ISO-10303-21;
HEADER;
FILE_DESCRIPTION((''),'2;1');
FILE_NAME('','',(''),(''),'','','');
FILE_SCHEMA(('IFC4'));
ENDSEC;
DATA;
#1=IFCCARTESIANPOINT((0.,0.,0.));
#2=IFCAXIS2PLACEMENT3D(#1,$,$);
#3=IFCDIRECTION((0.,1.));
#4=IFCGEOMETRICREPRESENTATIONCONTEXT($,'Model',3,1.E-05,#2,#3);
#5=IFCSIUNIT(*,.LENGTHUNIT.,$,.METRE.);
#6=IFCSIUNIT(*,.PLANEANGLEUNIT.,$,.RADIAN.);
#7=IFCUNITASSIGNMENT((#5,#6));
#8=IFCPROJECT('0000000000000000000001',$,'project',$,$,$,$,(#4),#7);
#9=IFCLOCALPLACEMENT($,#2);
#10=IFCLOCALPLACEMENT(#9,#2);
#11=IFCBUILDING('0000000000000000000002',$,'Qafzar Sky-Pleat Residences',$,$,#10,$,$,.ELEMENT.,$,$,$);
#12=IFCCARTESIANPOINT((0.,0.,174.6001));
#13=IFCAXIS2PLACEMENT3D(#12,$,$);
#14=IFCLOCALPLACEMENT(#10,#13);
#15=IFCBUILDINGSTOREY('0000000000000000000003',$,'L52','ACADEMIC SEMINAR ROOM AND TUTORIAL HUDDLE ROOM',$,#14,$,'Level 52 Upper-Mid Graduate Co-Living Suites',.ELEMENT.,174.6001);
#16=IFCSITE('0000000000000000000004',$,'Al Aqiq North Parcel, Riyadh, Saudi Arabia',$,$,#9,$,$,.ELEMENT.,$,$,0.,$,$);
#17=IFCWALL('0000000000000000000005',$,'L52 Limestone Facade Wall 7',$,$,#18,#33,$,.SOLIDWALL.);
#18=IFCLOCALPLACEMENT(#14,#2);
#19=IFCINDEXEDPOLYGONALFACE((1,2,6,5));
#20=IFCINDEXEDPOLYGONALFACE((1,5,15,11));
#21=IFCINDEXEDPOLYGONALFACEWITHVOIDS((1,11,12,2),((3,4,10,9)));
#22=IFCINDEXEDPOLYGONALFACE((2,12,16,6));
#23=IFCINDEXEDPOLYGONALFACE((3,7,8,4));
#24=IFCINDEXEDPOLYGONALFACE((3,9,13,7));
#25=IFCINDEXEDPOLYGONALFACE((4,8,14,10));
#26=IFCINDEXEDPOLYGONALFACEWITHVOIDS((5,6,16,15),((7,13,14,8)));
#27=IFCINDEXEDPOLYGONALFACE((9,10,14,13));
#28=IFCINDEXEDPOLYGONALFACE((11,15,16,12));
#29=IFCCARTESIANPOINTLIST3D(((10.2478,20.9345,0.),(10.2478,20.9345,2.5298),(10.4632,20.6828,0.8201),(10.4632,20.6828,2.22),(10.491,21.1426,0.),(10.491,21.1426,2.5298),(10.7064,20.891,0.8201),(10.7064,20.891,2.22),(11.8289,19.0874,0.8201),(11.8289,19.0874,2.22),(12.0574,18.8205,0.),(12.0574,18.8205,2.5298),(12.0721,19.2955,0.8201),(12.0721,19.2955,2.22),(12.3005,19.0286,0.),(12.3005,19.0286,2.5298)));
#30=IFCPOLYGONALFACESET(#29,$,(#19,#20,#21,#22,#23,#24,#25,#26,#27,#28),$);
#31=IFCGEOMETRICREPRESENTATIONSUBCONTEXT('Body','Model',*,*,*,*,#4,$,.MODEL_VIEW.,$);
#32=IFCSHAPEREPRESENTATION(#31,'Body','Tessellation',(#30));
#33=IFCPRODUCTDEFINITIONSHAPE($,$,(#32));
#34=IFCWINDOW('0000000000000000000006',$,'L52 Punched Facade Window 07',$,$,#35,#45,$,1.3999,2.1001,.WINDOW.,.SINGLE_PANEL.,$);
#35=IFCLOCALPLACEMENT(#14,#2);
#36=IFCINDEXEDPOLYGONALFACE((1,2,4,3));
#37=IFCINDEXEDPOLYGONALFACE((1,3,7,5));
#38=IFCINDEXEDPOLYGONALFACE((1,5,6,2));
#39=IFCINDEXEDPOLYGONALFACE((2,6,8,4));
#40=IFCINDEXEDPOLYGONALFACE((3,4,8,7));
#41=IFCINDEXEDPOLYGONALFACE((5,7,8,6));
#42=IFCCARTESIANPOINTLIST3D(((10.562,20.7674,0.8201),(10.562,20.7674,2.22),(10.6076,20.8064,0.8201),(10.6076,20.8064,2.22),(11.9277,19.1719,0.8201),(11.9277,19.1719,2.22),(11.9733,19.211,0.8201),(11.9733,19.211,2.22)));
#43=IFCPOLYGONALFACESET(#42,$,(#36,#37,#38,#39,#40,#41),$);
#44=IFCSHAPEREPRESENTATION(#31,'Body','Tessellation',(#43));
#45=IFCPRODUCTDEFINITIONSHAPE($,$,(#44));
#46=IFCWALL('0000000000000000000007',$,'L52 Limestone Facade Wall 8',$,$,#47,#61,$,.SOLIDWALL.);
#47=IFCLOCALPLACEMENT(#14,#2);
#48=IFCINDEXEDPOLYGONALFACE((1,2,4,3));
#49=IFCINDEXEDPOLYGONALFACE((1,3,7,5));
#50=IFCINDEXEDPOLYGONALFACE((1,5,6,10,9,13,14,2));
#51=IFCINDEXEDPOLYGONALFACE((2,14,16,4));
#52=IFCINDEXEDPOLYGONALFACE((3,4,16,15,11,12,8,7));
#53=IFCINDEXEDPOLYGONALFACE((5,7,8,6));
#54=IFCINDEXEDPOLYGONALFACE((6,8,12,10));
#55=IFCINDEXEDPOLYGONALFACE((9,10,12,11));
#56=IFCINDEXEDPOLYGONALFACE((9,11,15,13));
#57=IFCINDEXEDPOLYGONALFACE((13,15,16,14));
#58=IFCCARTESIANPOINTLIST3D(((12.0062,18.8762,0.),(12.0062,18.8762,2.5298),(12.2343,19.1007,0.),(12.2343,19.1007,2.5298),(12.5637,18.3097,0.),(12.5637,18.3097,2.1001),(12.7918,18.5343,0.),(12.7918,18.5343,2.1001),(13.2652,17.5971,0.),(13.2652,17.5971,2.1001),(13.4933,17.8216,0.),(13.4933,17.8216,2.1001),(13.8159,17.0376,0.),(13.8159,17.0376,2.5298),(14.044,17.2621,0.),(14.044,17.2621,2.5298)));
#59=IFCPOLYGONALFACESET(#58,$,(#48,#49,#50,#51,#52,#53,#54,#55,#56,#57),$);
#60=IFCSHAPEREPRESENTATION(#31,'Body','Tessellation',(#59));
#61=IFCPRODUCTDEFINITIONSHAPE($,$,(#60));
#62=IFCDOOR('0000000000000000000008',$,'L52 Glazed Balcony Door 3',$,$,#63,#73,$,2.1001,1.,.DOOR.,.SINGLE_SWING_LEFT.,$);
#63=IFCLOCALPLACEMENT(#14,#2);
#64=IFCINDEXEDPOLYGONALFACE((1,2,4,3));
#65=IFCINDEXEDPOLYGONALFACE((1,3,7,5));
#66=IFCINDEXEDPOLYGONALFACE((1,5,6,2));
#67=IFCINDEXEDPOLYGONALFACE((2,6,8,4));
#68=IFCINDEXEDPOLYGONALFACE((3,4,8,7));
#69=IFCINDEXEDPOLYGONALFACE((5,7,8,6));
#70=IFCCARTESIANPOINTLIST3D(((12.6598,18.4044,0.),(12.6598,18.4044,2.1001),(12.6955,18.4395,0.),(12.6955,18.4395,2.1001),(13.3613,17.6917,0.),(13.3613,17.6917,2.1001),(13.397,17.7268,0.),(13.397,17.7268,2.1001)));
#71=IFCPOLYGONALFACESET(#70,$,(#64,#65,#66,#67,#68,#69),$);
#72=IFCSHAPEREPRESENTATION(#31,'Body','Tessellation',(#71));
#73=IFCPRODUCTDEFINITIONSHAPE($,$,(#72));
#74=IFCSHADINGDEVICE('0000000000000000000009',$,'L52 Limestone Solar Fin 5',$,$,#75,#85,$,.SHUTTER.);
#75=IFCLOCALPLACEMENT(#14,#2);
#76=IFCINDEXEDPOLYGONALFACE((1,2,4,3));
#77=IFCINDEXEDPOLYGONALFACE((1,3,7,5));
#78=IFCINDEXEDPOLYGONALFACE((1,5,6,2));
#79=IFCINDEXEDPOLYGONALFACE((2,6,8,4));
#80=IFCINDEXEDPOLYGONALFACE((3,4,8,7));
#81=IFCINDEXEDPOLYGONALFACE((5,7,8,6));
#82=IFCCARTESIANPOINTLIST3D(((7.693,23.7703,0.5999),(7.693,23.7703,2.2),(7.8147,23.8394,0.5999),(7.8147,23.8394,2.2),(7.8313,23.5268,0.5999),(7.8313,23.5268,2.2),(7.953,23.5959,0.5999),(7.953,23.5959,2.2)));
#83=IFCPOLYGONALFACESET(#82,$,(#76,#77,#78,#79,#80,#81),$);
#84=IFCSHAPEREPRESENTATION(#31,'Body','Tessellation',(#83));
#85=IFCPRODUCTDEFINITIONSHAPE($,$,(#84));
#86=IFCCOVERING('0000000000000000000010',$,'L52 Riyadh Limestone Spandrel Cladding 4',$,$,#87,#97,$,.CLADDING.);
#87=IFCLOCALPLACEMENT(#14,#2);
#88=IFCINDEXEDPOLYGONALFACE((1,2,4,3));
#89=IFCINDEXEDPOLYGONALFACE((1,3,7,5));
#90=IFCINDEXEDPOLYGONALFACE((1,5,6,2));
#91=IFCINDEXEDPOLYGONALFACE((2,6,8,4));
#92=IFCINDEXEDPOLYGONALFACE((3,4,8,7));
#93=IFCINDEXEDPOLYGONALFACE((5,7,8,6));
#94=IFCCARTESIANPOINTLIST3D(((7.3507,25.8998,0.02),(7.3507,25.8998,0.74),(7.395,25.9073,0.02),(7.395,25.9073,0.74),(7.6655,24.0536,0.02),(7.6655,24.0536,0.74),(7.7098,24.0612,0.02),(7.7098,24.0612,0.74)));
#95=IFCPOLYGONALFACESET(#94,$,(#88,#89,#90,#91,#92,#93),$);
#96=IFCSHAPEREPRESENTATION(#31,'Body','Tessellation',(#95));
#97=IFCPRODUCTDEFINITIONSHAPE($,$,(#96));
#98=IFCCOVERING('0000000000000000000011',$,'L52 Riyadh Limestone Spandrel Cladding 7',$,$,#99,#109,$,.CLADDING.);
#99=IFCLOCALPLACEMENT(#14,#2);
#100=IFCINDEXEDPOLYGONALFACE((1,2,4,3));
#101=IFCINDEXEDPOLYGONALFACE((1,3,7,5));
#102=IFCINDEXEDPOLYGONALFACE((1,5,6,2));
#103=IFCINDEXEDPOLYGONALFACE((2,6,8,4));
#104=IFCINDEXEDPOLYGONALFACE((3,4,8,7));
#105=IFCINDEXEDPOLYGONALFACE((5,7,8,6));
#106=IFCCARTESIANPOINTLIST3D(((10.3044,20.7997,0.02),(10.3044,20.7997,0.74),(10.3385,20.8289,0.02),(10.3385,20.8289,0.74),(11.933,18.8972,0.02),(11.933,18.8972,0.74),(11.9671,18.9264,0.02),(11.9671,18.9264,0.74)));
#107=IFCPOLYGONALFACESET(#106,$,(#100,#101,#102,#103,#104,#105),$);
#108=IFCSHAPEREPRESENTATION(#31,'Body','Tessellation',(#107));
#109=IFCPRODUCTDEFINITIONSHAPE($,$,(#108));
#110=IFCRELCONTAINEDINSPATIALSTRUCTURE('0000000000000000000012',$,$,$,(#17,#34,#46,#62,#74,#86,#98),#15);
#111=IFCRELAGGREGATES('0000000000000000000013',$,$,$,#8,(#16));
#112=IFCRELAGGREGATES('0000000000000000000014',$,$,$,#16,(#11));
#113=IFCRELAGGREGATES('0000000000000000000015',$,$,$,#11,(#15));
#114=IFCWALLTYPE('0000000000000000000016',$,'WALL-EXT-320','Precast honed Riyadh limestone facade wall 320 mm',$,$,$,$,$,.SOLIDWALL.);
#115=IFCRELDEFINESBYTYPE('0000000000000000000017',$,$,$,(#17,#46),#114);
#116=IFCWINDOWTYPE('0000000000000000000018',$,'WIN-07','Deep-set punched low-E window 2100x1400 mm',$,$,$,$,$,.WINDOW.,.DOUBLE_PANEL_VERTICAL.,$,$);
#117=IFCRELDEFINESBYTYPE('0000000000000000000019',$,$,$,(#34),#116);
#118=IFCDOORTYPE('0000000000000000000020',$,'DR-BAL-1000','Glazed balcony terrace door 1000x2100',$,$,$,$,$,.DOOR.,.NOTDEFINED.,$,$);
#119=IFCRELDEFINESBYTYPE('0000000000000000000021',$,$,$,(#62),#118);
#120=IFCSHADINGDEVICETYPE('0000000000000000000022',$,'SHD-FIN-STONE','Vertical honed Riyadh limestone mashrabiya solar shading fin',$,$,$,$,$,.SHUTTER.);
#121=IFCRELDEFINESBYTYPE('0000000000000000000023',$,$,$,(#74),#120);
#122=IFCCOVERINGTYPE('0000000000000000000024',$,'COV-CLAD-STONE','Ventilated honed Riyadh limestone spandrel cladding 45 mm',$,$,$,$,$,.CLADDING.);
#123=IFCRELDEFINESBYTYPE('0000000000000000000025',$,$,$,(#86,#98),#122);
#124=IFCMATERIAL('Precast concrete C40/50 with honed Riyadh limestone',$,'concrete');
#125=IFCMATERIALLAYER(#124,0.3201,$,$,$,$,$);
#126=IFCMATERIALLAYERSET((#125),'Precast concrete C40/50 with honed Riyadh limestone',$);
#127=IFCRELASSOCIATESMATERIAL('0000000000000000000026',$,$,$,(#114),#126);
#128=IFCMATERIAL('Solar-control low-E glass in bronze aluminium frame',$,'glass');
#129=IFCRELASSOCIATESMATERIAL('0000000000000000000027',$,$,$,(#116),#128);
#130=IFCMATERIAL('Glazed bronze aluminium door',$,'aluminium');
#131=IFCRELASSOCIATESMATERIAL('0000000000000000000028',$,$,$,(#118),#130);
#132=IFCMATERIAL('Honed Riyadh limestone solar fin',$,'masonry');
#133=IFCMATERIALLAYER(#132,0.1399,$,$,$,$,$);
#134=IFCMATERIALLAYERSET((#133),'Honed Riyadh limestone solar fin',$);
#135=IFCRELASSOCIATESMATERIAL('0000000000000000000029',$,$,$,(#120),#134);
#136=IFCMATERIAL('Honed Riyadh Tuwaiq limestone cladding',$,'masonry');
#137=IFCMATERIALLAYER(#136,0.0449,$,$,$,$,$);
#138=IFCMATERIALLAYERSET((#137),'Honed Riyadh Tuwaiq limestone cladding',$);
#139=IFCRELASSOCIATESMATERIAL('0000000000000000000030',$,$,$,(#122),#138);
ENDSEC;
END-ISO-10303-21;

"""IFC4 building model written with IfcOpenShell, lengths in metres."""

from ifc_helpers import new_model, si_unit, direction, frame, frame_2d, origin, origin_2d, place, context, subcontext, project, spatial, rectangle, extrude, source, transform, mapped, material, layer, layer_set, type_object, element, fill, save


model = new_model("IFC4")

# Units and contexts
model_context = context("Model", 3, precision=1e-05, world=origin(), true_north=direction((0.0, 1.0)))
body_context = subcontext(model_context, "Body", "Model", "MODEL_VIEW")
ifc_project = project(units=[si_unit("LENGTHUNIT", "METRE"), si_unit("PLANEANGLEUNIT", "RADIAN")], contexts=[model_context])

# Site, building, storey
site_placement = place(None, origin())
site = spatial("IfcSite", under=ifc_project, at=site_placement, Name="Al Aqiq North Parcel, Riyadh, Saudi Arabia", CompositionType="ELEMENT", RefElevation=0.0)
building_placement = place(site_placement, origin())
building = spatial("IfcBuilding", under=site, at=building_placement, Name="Qafzar Sky-Pleat Residences", CompositionType="ELEMENT")
storey_placement = place(building_placement, frame((0.0, 0.0, 174.6001)))
storey = spatial("IfcBuildingStorey", under=building, at=storey_placement, Name="L52", Description="ACADEMIC SEMINAR ROOM AND TUTORIAL HUDDLE ROOM", LongName="Level 52 Upper-Mid Graduate Co-Living Suites", CompositionType="ELEMENT", Elevation=174.6001)

# Wall, opening, window
ifc_material_1 = material(Name="Precast concrete C40/50 with honed Riyadh limestone", Category="concrete")
ifc_layer_1 = layer(ifc_material_1, 0.3201)
ifc_layer_set_1 = layer_set([ifc_layer_1], Name="Precast concrete C40/50 with honed Riyadh limestone")
wall_type_1 = type_object("IfcWallType", Name="WALL-EXT-320", Description="Precast honed Riyadh limestone facade wall 320 mm", PredefinedType="SOLIDWALL", material=ifc_layer_set_1)
ifc_material_2 = material(Name="Solar-control low-E glass in bronze aluminium frame", Category="glass")
wall_1_placement = place(storey_placement, frame((10.3694, 21.0386, 0.0), z_axis=(0.0, 0.0, 1.0), x_axis=(0.650285, -0.75969, 0.0)))
wall_1 = element("IfcWall", 1, at=wall_1_placement, inside=storey, type_object=wall_type_1, Name="L52 Limestone Facade Wall 7", PredefinedType="SOLIDWALL", context=body_context, shape_type="SweptSolid", body=[
    extrude(rectangle(XDim=2.7827, YDim=0.3201, at=frame_2d((1.3914, 0.0))), origin(), (0.0, 0.0, 1.0), 2.5298),
])
opening_1_placement = place(wall_1_placement, frame((0.3313, 0.0, 0.8201)))
opening_1 = element("IfcOpeningElement", 2, at=opening_1_placement, cuts=wall_1, PredefinedType="OPENING", context=body_context, shape_type="SweptSolid", body=[
    extrude(rectangle(XDim=2.1001, YDim=1.3999, at=frame_2d((1.05, 0.7))), frame((0.0, 0.1699, 0.0), z_axis=(0.0, -1.0, 0.0), x_axis=(1.0, 0.0, 0.0)), (0.0, 0.0, 1.0), 0.3401),
])
window_type_1 = type_object("IfcWindowType", Name="WIN-07", Description="Deep-set punched low-E window 2100x1400 mm", PartitioningType="DOUBLE_PANEL_VERTICAL", PredefinedType="WINDOW", material=ifc_material_2)
shared_shape_1 = source(origin(), body_context, "Body", "SweptSolid", [
    extrude(rectangle(XDim=2.1001, YDim=1.3999, at=frame_2d((1.05, 0.7))), frame((0.0, 0.03, 0.0), z_axis=(0.0, -1.0, 0.0), x_axis=(1.0, 0.0, 0.0)), (0.0, 0.0, 1.0), 0.0601),
])
window_1_placement = place(opening_1_placement, origin())
window_1 = element("IfcWindow", 3, at=window_1_placement, inside=storey, type_object=window_type_1, Name="L52 Punched Facade Window 07", OverallHeight=1.3999, OverallWidth=2.1001, PartitioningType="SINGLE_PANEL", PredefinedType="WINDOW", context=body_context, shape_type="MappedRepresentation", body=[
    mapped(shared_shape_1, transform((0.0, 0.0, 0.0), x_axis=(1.0, 0.0, 0.0), y_axis=(0.0, 1.0, 0.0), z_axis=(0.0, 0.0, 1.0), scale=1.0)),
])
fill(opening_1, window_1)

# Wall, opening, door
wall_2_placement = place(storey_placement, frame((12.1201, 18.9885, 0.0), z_axis=(0.0, 0.0, 1.0), x_axis=(0.701501, -0.712668, 0.0)))
wall_2 = element("IfcWall", 4, at=wall_2_placement, inside=storey, type_object=wall_type_1, Name="L52 Limestone Facade Wall 8", PredefinedType="SOLIDWALL", context=body_context, shape_type="SweptSolid", body=[
    extrude(rectangle(XDim=2.5798, YDim=0.3201, at=frame_2d((1.29, 0.0))), origin(), (0.0, 0.0, 1.0), 2.5298),
])
opening_2_placement = place(wall_2_placement, frame((0.7949, 0.0, 0.0)))
opening_2 = element("IfcOpeningElement", 5, at=opening_2_placement, cuts=wall_2, PredefinedType="OPENING", context=body_context, shape_type="SweptSolid", body=[
    extrude(rectangle(XDim=1.0, YDim=2.1001, at=frame_2d((0.5, 1.05))), frame((0.0, 0.1699, 0.0), z_axis=(0.0, -1.0, 0.0), x_axis=(1.0, 0.0, 0.0)), (0.0, 0.0, 1.0), 0.3401),
])
ifc_material_3 = material(Name="Glazed bronze aluminium door", Category="aluminium")
door_type = type_object("IfcDoorType", Name="DR-BAL-1000", Description="Glazed balcony terrace door 1000x2100", OperationType="NOTDEFINED", PredefinedType="DOOR", material=ifc_material_3)
shared_shape_2 = source(origin(), body_context, "Body", "SweptSolid", [
    extrude(rectangle(XDim=1.0, YDim=2.1001, at=frame_2d((0.5, 1.05))), frame((0.0, 0.0249, 0.0), z_axis=(0.0, -1.0, 0.0), x_axis=(1.0, 0.0, 0.0)), (0.0, 0.0, 1.0), 0.05),
])
door_placement = place(opening_2_placement, origin())
door = element("IfcDoor", 6, at=door_placement, inside=storey, type_object=door_type, Name="L52 Glazed Balcony Door 3", OperationType="SINGLE_SWING_LEFT", OverallHeight=2.1001, OverallWidth=1.0, PredefinedType="DOOR", context=body_context, shape_type="MappedRepresentation", body=[
    mapped(shared_shape_2, transform((0.0, 0.0, 0.0), x_axis=(1.0, 0.0, 0.0), y_axis=(0.0, 1.0, 0.0), z_axis=(0.0, 0.0, 1.0), scale=1.0)),
])
fill(opening_2, door)

# Shading device
ifc_material_4 = material(Name="Honed Riyadh limestone solar fin", Category="masonry")
ifc_layer_2 = layer(ifc_material_4, 0.1399)
ifc_layer_set_2 = layer_set([ifc_layer_2], Name="Honed Riyadh limestone solar fin")
shading_device_type = type_object("IfcShadingDeviceType", Name="SHD-FIN-STONE", Description="Vertical honed Riyadh limestone mashrabiya solar shading fin", PredefinedType="SHUTTER", material=ifc_layer_set_2)
shared_shape_3 = source(origin(), body_context, "Body", "SweptSolid", [
    extrude(rectangle(XDim=0.1399, YDim=0.28, at=origin_2d()), origin(), (0.0, 0.0, 1.0), 1.6001),
])
shading_device_placement = place(storey_placement, frame((7.823, 23.6831, 0.5999), z_axis=(0.0, 0.0, 1.0), x_axis=(-0.869636, -0.493693, 0.0)))
element("IfcShadingDevice", 7, at=shading_device_placement, inside=storey, type_object=shading_device_type, Name="L52 Limestone Solar Fin 5", PredefinedType="SHUTTER", context=body_context, shape_type="MappedRepresentation", body=[
    mapped(shared_shape_3, transform((0.0, 0.0, 0.0), x_axis=(1.0, 0.0, 0.0), y_axis=(0.0, 1.0, 0.0), z_axis=(0.0, 0.0, 1.0), scale=1.0)),
])

# Covering
ifc_material_5 = material(Name="Honed Riyadh Tuwaiq limestone cladding", Category="masonry")
ifc_layer_3 = layer(ifc_material_5, 0.0449)
ifc_layer_set_3 = layer_set([ifc_layer_3], Name="Honed Riyadh Tuwaiq limestone cladding")
covering_type = type_object("IfcCoveringType", Name="COV-CLAD-STONE", Description="Ventilated honed Riyadh limestone spandrel cladding 45 mm", PredefinedType="CLADDING", material=ifc_layer_set_3)
shared_shape_4 = source(origin(), body_context, "Body", "SweptSolid", [
    extrude(rectangle(XDim=1.8728, YDim=0.0449, at=origin_2d()), origin(), (0.0, 0.0, 1.0), 0.72),
])
covering_1_placement = place(storey_placement, frame((7.5303, 24.9805, 0.02), z_axis=(0.0, 0.0, 1.0), x_axis=(0.168084, -0.985773, 0.0)))
element("IfcCovering", 8, at=covering_1_placement, inside=storey, type_object=covering_type, Name="L52 Riyadh Limestone Spandrel Cladding 4", PredefinedType="CLADDING", context=body_context, shape_type="MappedRepresentation", body=[
    mapped(shared_shape_4, transform((0.0, 0.0, 0.0), x_axis=(1.0, 0.0, 0.0), y_axis=(0.0, 1.0, 0.0), z_axis=(0.0, 0.0, 1.0), scale=1.0)),
])

# Covering
shared_shape_5 = source(origin(), body_context, "Body", "SweptSolid", [
    extrude(rectangle(XDim=2.5044, YDim=0.0449, at=origin_2d()), origin(), (0.0, 0.0, 1.0), 0.72),
])
covering_2_placement = place(storey_placement, frame((11.1357, 19.863, 0.02), z_axis=(0.0, 0.0, 1.0), x_axis=(0.650294, -0.759683, 0.0)))
element("IfcCovering", 9, at=covering_2_placement, inside=storey, type_object=covering_type, Name="L52 Riyadh Limestone Spandrel Cladding 7", PredefinedType="CLADDING", context=body_context, shape_type="MappedRepresentation", body=[
    mapped(shared_shape_5, transform((0.0, 0.0, 0.0), x_axis=(1.0, 0.0, 0.0), y_axis=(0.0, 1.0, 0.0), z_axis=(0.0, 0.0, 1.0), scale=1.0)),
])

save(model, "model.ifc")
